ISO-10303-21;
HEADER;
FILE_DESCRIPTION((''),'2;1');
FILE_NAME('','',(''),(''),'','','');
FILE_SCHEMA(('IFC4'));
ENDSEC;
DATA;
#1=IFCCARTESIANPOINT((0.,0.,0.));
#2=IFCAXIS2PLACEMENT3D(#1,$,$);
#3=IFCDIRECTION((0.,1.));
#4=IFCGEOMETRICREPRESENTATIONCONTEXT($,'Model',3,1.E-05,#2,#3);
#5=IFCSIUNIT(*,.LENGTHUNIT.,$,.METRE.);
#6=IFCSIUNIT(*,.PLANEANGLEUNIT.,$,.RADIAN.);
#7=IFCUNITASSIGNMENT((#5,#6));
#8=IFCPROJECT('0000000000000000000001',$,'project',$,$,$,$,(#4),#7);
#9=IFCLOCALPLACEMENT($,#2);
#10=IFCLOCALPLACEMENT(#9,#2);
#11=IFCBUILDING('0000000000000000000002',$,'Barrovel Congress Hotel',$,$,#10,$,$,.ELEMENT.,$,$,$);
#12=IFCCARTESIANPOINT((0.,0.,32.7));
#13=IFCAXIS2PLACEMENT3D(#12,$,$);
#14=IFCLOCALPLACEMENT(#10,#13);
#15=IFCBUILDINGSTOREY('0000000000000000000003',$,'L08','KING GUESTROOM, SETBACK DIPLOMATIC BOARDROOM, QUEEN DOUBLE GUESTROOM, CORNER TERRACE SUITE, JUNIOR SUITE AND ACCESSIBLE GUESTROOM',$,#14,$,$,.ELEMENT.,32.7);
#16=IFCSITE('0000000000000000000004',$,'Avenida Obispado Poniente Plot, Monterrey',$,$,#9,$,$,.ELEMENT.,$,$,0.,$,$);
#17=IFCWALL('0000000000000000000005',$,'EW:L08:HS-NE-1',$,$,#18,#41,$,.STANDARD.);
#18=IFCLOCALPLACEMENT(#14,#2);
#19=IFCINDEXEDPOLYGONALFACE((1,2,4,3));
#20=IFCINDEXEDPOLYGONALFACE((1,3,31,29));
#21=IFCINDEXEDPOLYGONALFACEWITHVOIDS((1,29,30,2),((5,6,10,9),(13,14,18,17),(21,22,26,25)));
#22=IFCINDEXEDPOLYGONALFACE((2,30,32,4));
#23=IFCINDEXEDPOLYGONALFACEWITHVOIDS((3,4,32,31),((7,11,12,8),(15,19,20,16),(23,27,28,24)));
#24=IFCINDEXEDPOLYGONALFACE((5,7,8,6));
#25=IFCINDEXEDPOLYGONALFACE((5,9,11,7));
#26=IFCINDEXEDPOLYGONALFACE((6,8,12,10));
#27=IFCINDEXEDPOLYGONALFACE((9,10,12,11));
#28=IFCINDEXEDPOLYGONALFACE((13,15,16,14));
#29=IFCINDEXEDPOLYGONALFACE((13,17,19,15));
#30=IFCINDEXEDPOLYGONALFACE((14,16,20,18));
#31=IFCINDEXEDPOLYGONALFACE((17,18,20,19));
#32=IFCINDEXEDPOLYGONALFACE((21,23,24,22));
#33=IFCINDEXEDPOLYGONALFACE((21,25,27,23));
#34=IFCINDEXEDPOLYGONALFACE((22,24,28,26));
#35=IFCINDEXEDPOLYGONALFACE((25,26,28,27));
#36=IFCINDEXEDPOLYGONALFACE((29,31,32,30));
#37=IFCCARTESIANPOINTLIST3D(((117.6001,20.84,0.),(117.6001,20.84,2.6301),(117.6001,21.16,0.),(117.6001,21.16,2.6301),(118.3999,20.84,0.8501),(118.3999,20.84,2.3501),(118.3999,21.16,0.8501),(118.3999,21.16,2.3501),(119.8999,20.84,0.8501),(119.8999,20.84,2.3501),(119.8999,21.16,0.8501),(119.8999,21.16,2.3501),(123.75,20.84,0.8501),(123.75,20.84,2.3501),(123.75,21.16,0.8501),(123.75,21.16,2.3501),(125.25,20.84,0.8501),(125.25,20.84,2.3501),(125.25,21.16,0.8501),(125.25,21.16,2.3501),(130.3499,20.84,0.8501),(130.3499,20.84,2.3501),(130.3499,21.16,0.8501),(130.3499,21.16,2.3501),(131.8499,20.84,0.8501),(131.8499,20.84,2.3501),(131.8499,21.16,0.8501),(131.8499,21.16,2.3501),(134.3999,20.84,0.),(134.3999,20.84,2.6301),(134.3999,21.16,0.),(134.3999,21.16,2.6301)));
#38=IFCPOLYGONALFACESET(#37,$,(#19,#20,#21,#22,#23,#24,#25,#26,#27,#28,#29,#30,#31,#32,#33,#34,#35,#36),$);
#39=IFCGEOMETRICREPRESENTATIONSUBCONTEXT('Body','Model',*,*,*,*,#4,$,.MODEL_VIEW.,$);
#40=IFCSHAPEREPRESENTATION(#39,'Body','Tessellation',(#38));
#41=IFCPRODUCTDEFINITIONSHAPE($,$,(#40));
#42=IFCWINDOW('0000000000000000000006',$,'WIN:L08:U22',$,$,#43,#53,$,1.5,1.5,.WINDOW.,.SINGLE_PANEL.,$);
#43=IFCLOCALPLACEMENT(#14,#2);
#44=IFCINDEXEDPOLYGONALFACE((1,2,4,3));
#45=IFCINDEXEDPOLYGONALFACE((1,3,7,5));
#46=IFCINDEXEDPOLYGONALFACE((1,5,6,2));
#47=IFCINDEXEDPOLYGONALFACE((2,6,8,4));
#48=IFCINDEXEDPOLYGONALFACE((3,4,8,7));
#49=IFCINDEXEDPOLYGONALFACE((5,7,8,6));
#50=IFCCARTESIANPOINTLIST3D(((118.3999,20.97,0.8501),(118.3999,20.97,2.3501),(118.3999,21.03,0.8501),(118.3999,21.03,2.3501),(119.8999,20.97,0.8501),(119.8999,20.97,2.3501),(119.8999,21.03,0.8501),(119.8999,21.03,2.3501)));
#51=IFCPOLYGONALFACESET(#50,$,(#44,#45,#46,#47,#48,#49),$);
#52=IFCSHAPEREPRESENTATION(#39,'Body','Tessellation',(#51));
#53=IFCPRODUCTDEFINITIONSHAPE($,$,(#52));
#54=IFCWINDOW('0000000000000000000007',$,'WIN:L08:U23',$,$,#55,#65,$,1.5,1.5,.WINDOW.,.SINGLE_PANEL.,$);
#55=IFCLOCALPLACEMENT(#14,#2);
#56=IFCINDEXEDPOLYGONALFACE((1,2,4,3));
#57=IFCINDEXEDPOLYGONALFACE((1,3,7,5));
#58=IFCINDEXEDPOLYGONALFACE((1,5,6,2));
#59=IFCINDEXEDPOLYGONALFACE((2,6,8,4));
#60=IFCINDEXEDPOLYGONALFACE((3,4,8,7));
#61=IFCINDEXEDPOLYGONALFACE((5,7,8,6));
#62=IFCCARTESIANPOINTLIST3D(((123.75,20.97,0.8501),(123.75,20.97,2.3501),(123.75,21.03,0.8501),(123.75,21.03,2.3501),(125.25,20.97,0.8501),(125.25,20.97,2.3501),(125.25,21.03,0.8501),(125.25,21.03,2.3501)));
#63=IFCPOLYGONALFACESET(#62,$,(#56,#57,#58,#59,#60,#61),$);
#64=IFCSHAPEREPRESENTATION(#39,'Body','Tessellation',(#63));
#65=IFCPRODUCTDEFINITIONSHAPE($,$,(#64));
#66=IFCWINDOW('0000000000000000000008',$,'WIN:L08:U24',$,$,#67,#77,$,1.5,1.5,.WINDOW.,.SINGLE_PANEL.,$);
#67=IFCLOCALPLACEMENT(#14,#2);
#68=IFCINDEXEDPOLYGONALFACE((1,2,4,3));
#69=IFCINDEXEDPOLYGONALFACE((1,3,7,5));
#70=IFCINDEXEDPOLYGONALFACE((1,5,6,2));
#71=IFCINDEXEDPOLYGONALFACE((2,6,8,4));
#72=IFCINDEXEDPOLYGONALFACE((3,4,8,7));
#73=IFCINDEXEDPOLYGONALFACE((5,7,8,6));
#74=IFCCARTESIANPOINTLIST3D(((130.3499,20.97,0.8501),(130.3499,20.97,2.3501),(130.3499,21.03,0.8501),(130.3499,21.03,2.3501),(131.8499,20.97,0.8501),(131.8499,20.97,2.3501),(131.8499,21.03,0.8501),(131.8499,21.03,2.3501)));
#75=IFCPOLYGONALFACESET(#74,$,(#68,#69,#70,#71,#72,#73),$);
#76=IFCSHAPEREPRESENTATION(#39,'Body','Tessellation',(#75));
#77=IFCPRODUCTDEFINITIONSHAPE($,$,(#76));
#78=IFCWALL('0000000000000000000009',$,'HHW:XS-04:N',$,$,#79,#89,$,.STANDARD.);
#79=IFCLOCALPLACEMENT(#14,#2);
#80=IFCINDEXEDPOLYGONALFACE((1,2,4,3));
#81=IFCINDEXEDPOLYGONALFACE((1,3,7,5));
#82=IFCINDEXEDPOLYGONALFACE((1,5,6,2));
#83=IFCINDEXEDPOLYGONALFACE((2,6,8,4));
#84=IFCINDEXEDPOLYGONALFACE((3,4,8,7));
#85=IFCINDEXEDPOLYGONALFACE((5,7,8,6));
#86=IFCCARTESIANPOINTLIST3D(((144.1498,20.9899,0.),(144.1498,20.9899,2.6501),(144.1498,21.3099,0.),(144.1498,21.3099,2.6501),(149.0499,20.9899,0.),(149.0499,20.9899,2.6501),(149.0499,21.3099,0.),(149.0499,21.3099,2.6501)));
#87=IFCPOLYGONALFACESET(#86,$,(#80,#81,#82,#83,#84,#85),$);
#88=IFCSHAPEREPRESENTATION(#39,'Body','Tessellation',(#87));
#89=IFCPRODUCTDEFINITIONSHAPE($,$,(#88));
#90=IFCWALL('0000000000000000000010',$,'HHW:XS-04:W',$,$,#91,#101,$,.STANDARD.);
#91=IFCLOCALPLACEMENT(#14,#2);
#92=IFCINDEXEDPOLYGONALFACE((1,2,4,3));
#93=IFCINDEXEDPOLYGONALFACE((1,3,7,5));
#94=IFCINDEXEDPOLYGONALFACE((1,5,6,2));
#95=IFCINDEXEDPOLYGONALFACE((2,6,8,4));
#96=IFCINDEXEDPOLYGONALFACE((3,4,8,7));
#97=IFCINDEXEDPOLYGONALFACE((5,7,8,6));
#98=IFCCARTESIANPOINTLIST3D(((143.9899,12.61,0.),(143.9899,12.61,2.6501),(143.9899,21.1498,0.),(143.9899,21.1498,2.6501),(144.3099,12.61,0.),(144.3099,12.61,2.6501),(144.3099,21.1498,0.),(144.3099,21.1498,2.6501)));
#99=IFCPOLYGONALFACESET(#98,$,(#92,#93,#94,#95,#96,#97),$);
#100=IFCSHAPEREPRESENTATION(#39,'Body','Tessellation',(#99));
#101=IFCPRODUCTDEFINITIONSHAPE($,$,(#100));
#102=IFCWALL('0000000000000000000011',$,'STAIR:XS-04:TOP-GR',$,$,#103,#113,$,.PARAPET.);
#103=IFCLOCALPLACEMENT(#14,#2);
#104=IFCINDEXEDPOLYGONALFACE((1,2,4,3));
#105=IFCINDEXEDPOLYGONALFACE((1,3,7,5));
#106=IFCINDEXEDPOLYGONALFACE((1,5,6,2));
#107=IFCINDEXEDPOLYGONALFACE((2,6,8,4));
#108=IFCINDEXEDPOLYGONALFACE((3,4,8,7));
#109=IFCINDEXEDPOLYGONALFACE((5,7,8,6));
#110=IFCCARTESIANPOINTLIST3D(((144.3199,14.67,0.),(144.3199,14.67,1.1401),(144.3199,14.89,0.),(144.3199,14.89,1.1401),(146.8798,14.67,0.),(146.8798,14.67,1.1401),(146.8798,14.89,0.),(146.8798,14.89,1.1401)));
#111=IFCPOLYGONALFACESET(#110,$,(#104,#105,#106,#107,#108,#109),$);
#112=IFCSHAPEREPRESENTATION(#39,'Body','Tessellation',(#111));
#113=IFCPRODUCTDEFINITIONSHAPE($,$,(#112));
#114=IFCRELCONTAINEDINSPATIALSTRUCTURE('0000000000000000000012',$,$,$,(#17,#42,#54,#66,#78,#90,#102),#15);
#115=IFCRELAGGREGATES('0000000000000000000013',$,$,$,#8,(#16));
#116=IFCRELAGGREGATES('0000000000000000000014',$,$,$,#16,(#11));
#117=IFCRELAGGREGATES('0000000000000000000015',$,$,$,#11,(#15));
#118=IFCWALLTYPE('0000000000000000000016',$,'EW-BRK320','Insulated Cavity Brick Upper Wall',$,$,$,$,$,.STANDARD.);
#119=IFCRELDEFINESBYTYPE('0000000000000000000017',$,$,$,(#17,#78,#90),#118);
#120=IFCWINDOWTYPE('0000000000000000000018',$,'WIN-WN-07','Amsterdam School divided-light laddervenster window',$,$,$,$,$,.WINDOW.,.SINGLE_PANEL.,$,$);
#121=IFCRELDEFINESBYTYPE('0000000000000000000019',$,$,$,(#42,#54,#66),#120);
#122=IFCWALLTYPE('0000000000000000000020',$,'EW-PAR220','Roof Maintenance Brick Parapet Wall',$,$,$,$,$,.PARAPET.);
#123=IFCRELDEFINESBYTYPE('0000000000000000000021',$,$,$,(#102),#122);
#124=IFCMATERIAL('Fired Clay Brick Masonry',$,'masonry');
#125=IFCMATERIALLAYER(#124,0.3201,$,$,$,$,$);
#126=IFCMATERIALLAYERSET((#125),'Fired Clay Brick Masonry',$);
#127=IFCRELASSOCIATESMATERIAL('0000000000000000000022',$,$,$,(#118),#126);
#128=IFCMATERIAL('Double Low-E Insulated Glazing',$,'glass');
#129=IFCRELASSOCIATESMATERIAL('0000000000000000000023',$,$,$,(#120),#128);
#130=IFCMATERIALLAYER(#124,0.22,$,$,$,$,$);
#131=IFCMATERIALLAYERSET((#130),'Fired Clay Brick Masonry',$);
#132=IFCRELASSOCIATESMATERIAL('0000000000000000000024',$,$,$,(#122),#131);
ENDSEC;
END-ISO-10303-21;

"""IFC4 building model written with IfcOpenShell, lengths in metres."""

from ifc_helpers import new_model, si_unit, direction, frame, frame_2d, origin, place, context, subcontext, project, spatial, rectangle, extrude, material, layer, layer_set, type_object, element, fill, save


model = new_model("IFC4")

# Units and contexts
model_context = context("Model", 3, precision=1e-05, world=origin(), true_north=direction((0.0, 1.0)))
body_context = subcontext(model_context, "Body", "Model", "MODEL_VIEW")
ifc_project = project(units=[si_unit("LENGTHUNIT", "METRE"), si_unit("PLANEANGLEUNIT", "RADIAN")], contexts=[model_context])

# Site, building, storey
site_placement = place(None, origin())
site = spatial("IfcSite", under=ifc_project, at=site_placement, Name="Avenida Obispado Poniente Plot, Monterrey", CompositionType="ELEMENT", RefElevation=0.0)
building_placement = place(site_placement, origin())
building = spatial("IfcBuilding", under=site, at=building_placement, Name="Barrovel Congress Hotel", CompositionType="ELEMENT")
storey_placement = place(building_placement, frame((0.0, 0.0, 32.7)))
storey = spatial("IfcBuildingStorey", under=building, at=storey_placement, Name="L08", Description="KING GUESTROOM, SETBACK DIPLOMATIC BOARDROOM, QUEEN DOUBLE GUESTROOM, CORNER TERRACE SUITE, JUNIOR SUITE AND ACCESSIBLE GUESTROOM", CompositionType="ELEMENT", Elevation=32.7)

# Shared definitions
ifc_material_1 = material(Name="Double Low-E Insulated Glazing", Category="glass")

# Wall, openings, windows
ifc_material_2 = material(Name="Fired Clay Brick Masonry", Category="masonry")
ifc_layer_1 = layer(ifc_material_2, 0.3201)
ifc_layer_set_1 = layer_set([ifc_layer_1], Name="Fired Clay Brick Masonry")
wall_type_1 = type_object("IfcWallType", Name="EW-BRK320", Description="Insulated Cavity Brick Upper Wall", PredefinedType="STANDARD", material=ifc_layer_set_1)
wall_1_placement = place(storey_placement, frame((134.3999, 21.0, 0.0), z_axis=(0.0, 0.0, 1.0), x_axis=(-1.0, 0.0, 0.0)))
wall_1 = element("IfcWall", 1, at=wall_1_placement, inside=storey, type_object=wall_type_1, Name="EW:L08:HS-NE-1", PredefinedType="STANDARD", context=body_context, shape_type="SweptSolid", body=[
    extrude(rectangle(XDim=16.7998, YDim=0.3201, at=frame_2d((8.3999, 0.0))), origin(), (0.0, 0.0, 1.0), 2.6301),
])
opening_1_placement = place(wall_1_placement, frame((14.5, 0.0, 0.8501)))
opening_1 = element("IfcOpeningElement", 2, at=opening_1_placement, cuts=wall_1, PredefinedType="OPENING", context=body_context, shape_type="SweptSolid", body=[
    extrude(rectangle(XDim=1.5, YDim=1.5, at=frame_2d((0.75, 0.75))), frame((0.0, 0.1699, 0.0), z_axis=(0.0, -1.0, 0.0), x_axis=(1.0, 0.0, 0.0)), (0.0, 0.0, 1.0), 0.3401),
])
opening_2_placement = place(wall_1_placement, frame((9.1499, 0.0, 0.8501)))
opening_2 = element("IfcOpeningElement", 3, at=opening_2_placement, cuts=wall_1, PredefinedType="OPENING", context=body_context, shape_type="SweptSolid", body=[
    extrude(rectangle(XDim=1.5, YDim=1.5, at=frame_2d((0.75, 0.75))), frame((0.0, 0.1699, 0.0), z_axis=(0.0, -1.0, 0.0), x_axis=(1.0, 0.0, 0.0)), (0.0, 0.0, 1.0), 0.3401),
])
opening_3_placement = place(wall_1_placement, frame((2.55, 0.0, 0.8501)))
opening_3 = element("IfcOpeningElement", 4, at=opening_3_placement, cuts=wall_1, PredefinedType="OPENING", context=body_context, shape_type="SweptSolid", body=[
    extrude(rectangle(XDim=1.5, YDim=1.5, at=frame_2d((0.75, 0.75))), frame((0.0, 0.1699, 0.0), z_axis=(0.0, -1.0, 0.0), x_axis=(1.0, 0.0, 0.0)), (0.0, 0.0, 1.0), 0.3401),
])
window_type = type_object("IfcWindowType", Name="WIN-WN-07", Description="Amsterdam School divided-light laddervenster window", PartitioningType="SINGLE_PANEL", PredefinedType="WINDOW", material=ifc_material_1)
window_1_placement = place(opening_1_placement, origin())
window_1 = element("IfcWindow", 5, at=window_1_placement, inside=storey, type_object=window_type, Name="WIN:L08:U22", OverallHeight=1.5, OverallWidth=1.5, PartitioningType="SINGLE_PANEL", PredefinedType="WINDOW", context=body_context, shape_type="SweptSolid", body=[
    extrude(rectangle(XDim=1.5, YDim=1.5, at=frame_2d((0.75, 0.75))), frame((0.0, 0.03, 0.0), z_axis=(0.0, -1.0, 0.0), x_axis=(1.0, 0.0, 0.0)), (0.0, 0.0, 1.0), 0.0601),
])
fill(opening_1, window_1)
window_2_placement = place(opening_2_placement, origin())
window_2 = element("IfcWindow", 6, at=window_2_placement, inside=storey, type_object=window_type, Name="WIN:L08:U23", OverallHeight=1.5, OverallWidth=1.5, PartitioningType="SINGLE_PANEL", PredefinedType="WINDOW", context=body_context, shape_type="SweptSolid", body=[
    extrude(rectangle(XDim=1.5, YDim=1.5, at=frame_2d((0.75, 0.75))), frame((0.0, 0.03, 0.0), z_axis=(0.0, -1.0, 0.0), x_axis=(1.0, 0.0, 0.0)), (0.0, 0.0, 1.0), 0.0601),
])
fill(opening_2, window_2)
window_3_placement = place(opening_3_placement, origin())
window_3 = element("IfcWindow", 7, at=window_3_placement, inside=storey, type_object=window_type, Name="WIN:L08:U24", OverallHeight=1.5, OverallWidth=1.5, PartitioningType="SINGLE_PANEL", PredefinedType="WINDOW", context=body_context, shape_type="SweptSolid", body=[
    extrude(rectangle(XDim=1.5, YDim=1.5, at=frame_2d((0.75, 0.75))), frame((0.0, 0.03, 0.0), z_axis=(0.0, -1.0, 0.0), x_axis=(1.0, 0.0, 0.0)), (0.0, 0.0, 1.0), 0.0601),
])
fill(opening_3, window_3)

# Walls
wall_2_placement = place(storey_placement, frame((149.05, 21.1499, 0.0), z_axis=(0.0, 0.0, 1.0), x_axis=(-1.0, 0.0, 0.0)))
element("IfcWall", 8, at=wall_2_placement, inside=storey, type_object=wall_type_1, Name="HHW:XS-04:N", PredefinedType="STANDARD", context=body_context, shape_type="SweptSolid", body=[
    extrude(rectangle(XDim=4.9001, YDim=0.3201, at=frame_2d((2.4502, 0.0))), origin(), (0.0, 0.0, 1.0), 2.6501),
])
wall_3_placement = place(storey_placement, frame((144.1499, 21.1499, 0.0), z_axis=(0.0, 0.0, 1.0), x_axis=(0.0, -1.0, 0.0)))
element("IfcWall", 9, at=wall_3_placement, inside=storey, type_object=wall_type_1, Name="HHW:XS-04:W", PredefinedType="STANDARD", context=body_context, shape_type="SweptSolid", body=[
    extrude(rectangle(XDim=8.5398, YDim=0.3201, at=frame_2d((4.27, 0.0))), origin(), (0.0, 0.0, 1.0), 2.6501),
])
ifc_layer_2 = layer(ifc_material_2, 0.22)
ifc_layer_set_2 = layer_set([ifc_layer_2], Name="Fired Clay Brick Masonry")
wall_type_2 = type_object("IfcWallType", Name="EW-PAR220", Description="Roof Maintenance Brick Parapet Wall", PredefinedType="PARAPET", material=ifc_layer_set_2)
wall_4_placement = place(storey_placement, frame((144.3201, 14.78, 0.0), z_axis=(0.0, 0.0, 1.0), x_axis=(1.0, 0.0, 0.0)))
element("IfcWall", 10, at=wall_4_placement, inside=storey, type_object=wall_type_2, Name="STAIR:XS-04:TOP-GR", PredefinedType="PARAPET", context=body_context, shape_type="SweptSolid", body=[
    extrude(rectangle(XDim=2.5598, YDim=0.22, at=frame_2d((1.2798, 0.0))), origin(), (0.0, 0.0, 1.0), 1.1401),
])

save(model, "model.ifc")
